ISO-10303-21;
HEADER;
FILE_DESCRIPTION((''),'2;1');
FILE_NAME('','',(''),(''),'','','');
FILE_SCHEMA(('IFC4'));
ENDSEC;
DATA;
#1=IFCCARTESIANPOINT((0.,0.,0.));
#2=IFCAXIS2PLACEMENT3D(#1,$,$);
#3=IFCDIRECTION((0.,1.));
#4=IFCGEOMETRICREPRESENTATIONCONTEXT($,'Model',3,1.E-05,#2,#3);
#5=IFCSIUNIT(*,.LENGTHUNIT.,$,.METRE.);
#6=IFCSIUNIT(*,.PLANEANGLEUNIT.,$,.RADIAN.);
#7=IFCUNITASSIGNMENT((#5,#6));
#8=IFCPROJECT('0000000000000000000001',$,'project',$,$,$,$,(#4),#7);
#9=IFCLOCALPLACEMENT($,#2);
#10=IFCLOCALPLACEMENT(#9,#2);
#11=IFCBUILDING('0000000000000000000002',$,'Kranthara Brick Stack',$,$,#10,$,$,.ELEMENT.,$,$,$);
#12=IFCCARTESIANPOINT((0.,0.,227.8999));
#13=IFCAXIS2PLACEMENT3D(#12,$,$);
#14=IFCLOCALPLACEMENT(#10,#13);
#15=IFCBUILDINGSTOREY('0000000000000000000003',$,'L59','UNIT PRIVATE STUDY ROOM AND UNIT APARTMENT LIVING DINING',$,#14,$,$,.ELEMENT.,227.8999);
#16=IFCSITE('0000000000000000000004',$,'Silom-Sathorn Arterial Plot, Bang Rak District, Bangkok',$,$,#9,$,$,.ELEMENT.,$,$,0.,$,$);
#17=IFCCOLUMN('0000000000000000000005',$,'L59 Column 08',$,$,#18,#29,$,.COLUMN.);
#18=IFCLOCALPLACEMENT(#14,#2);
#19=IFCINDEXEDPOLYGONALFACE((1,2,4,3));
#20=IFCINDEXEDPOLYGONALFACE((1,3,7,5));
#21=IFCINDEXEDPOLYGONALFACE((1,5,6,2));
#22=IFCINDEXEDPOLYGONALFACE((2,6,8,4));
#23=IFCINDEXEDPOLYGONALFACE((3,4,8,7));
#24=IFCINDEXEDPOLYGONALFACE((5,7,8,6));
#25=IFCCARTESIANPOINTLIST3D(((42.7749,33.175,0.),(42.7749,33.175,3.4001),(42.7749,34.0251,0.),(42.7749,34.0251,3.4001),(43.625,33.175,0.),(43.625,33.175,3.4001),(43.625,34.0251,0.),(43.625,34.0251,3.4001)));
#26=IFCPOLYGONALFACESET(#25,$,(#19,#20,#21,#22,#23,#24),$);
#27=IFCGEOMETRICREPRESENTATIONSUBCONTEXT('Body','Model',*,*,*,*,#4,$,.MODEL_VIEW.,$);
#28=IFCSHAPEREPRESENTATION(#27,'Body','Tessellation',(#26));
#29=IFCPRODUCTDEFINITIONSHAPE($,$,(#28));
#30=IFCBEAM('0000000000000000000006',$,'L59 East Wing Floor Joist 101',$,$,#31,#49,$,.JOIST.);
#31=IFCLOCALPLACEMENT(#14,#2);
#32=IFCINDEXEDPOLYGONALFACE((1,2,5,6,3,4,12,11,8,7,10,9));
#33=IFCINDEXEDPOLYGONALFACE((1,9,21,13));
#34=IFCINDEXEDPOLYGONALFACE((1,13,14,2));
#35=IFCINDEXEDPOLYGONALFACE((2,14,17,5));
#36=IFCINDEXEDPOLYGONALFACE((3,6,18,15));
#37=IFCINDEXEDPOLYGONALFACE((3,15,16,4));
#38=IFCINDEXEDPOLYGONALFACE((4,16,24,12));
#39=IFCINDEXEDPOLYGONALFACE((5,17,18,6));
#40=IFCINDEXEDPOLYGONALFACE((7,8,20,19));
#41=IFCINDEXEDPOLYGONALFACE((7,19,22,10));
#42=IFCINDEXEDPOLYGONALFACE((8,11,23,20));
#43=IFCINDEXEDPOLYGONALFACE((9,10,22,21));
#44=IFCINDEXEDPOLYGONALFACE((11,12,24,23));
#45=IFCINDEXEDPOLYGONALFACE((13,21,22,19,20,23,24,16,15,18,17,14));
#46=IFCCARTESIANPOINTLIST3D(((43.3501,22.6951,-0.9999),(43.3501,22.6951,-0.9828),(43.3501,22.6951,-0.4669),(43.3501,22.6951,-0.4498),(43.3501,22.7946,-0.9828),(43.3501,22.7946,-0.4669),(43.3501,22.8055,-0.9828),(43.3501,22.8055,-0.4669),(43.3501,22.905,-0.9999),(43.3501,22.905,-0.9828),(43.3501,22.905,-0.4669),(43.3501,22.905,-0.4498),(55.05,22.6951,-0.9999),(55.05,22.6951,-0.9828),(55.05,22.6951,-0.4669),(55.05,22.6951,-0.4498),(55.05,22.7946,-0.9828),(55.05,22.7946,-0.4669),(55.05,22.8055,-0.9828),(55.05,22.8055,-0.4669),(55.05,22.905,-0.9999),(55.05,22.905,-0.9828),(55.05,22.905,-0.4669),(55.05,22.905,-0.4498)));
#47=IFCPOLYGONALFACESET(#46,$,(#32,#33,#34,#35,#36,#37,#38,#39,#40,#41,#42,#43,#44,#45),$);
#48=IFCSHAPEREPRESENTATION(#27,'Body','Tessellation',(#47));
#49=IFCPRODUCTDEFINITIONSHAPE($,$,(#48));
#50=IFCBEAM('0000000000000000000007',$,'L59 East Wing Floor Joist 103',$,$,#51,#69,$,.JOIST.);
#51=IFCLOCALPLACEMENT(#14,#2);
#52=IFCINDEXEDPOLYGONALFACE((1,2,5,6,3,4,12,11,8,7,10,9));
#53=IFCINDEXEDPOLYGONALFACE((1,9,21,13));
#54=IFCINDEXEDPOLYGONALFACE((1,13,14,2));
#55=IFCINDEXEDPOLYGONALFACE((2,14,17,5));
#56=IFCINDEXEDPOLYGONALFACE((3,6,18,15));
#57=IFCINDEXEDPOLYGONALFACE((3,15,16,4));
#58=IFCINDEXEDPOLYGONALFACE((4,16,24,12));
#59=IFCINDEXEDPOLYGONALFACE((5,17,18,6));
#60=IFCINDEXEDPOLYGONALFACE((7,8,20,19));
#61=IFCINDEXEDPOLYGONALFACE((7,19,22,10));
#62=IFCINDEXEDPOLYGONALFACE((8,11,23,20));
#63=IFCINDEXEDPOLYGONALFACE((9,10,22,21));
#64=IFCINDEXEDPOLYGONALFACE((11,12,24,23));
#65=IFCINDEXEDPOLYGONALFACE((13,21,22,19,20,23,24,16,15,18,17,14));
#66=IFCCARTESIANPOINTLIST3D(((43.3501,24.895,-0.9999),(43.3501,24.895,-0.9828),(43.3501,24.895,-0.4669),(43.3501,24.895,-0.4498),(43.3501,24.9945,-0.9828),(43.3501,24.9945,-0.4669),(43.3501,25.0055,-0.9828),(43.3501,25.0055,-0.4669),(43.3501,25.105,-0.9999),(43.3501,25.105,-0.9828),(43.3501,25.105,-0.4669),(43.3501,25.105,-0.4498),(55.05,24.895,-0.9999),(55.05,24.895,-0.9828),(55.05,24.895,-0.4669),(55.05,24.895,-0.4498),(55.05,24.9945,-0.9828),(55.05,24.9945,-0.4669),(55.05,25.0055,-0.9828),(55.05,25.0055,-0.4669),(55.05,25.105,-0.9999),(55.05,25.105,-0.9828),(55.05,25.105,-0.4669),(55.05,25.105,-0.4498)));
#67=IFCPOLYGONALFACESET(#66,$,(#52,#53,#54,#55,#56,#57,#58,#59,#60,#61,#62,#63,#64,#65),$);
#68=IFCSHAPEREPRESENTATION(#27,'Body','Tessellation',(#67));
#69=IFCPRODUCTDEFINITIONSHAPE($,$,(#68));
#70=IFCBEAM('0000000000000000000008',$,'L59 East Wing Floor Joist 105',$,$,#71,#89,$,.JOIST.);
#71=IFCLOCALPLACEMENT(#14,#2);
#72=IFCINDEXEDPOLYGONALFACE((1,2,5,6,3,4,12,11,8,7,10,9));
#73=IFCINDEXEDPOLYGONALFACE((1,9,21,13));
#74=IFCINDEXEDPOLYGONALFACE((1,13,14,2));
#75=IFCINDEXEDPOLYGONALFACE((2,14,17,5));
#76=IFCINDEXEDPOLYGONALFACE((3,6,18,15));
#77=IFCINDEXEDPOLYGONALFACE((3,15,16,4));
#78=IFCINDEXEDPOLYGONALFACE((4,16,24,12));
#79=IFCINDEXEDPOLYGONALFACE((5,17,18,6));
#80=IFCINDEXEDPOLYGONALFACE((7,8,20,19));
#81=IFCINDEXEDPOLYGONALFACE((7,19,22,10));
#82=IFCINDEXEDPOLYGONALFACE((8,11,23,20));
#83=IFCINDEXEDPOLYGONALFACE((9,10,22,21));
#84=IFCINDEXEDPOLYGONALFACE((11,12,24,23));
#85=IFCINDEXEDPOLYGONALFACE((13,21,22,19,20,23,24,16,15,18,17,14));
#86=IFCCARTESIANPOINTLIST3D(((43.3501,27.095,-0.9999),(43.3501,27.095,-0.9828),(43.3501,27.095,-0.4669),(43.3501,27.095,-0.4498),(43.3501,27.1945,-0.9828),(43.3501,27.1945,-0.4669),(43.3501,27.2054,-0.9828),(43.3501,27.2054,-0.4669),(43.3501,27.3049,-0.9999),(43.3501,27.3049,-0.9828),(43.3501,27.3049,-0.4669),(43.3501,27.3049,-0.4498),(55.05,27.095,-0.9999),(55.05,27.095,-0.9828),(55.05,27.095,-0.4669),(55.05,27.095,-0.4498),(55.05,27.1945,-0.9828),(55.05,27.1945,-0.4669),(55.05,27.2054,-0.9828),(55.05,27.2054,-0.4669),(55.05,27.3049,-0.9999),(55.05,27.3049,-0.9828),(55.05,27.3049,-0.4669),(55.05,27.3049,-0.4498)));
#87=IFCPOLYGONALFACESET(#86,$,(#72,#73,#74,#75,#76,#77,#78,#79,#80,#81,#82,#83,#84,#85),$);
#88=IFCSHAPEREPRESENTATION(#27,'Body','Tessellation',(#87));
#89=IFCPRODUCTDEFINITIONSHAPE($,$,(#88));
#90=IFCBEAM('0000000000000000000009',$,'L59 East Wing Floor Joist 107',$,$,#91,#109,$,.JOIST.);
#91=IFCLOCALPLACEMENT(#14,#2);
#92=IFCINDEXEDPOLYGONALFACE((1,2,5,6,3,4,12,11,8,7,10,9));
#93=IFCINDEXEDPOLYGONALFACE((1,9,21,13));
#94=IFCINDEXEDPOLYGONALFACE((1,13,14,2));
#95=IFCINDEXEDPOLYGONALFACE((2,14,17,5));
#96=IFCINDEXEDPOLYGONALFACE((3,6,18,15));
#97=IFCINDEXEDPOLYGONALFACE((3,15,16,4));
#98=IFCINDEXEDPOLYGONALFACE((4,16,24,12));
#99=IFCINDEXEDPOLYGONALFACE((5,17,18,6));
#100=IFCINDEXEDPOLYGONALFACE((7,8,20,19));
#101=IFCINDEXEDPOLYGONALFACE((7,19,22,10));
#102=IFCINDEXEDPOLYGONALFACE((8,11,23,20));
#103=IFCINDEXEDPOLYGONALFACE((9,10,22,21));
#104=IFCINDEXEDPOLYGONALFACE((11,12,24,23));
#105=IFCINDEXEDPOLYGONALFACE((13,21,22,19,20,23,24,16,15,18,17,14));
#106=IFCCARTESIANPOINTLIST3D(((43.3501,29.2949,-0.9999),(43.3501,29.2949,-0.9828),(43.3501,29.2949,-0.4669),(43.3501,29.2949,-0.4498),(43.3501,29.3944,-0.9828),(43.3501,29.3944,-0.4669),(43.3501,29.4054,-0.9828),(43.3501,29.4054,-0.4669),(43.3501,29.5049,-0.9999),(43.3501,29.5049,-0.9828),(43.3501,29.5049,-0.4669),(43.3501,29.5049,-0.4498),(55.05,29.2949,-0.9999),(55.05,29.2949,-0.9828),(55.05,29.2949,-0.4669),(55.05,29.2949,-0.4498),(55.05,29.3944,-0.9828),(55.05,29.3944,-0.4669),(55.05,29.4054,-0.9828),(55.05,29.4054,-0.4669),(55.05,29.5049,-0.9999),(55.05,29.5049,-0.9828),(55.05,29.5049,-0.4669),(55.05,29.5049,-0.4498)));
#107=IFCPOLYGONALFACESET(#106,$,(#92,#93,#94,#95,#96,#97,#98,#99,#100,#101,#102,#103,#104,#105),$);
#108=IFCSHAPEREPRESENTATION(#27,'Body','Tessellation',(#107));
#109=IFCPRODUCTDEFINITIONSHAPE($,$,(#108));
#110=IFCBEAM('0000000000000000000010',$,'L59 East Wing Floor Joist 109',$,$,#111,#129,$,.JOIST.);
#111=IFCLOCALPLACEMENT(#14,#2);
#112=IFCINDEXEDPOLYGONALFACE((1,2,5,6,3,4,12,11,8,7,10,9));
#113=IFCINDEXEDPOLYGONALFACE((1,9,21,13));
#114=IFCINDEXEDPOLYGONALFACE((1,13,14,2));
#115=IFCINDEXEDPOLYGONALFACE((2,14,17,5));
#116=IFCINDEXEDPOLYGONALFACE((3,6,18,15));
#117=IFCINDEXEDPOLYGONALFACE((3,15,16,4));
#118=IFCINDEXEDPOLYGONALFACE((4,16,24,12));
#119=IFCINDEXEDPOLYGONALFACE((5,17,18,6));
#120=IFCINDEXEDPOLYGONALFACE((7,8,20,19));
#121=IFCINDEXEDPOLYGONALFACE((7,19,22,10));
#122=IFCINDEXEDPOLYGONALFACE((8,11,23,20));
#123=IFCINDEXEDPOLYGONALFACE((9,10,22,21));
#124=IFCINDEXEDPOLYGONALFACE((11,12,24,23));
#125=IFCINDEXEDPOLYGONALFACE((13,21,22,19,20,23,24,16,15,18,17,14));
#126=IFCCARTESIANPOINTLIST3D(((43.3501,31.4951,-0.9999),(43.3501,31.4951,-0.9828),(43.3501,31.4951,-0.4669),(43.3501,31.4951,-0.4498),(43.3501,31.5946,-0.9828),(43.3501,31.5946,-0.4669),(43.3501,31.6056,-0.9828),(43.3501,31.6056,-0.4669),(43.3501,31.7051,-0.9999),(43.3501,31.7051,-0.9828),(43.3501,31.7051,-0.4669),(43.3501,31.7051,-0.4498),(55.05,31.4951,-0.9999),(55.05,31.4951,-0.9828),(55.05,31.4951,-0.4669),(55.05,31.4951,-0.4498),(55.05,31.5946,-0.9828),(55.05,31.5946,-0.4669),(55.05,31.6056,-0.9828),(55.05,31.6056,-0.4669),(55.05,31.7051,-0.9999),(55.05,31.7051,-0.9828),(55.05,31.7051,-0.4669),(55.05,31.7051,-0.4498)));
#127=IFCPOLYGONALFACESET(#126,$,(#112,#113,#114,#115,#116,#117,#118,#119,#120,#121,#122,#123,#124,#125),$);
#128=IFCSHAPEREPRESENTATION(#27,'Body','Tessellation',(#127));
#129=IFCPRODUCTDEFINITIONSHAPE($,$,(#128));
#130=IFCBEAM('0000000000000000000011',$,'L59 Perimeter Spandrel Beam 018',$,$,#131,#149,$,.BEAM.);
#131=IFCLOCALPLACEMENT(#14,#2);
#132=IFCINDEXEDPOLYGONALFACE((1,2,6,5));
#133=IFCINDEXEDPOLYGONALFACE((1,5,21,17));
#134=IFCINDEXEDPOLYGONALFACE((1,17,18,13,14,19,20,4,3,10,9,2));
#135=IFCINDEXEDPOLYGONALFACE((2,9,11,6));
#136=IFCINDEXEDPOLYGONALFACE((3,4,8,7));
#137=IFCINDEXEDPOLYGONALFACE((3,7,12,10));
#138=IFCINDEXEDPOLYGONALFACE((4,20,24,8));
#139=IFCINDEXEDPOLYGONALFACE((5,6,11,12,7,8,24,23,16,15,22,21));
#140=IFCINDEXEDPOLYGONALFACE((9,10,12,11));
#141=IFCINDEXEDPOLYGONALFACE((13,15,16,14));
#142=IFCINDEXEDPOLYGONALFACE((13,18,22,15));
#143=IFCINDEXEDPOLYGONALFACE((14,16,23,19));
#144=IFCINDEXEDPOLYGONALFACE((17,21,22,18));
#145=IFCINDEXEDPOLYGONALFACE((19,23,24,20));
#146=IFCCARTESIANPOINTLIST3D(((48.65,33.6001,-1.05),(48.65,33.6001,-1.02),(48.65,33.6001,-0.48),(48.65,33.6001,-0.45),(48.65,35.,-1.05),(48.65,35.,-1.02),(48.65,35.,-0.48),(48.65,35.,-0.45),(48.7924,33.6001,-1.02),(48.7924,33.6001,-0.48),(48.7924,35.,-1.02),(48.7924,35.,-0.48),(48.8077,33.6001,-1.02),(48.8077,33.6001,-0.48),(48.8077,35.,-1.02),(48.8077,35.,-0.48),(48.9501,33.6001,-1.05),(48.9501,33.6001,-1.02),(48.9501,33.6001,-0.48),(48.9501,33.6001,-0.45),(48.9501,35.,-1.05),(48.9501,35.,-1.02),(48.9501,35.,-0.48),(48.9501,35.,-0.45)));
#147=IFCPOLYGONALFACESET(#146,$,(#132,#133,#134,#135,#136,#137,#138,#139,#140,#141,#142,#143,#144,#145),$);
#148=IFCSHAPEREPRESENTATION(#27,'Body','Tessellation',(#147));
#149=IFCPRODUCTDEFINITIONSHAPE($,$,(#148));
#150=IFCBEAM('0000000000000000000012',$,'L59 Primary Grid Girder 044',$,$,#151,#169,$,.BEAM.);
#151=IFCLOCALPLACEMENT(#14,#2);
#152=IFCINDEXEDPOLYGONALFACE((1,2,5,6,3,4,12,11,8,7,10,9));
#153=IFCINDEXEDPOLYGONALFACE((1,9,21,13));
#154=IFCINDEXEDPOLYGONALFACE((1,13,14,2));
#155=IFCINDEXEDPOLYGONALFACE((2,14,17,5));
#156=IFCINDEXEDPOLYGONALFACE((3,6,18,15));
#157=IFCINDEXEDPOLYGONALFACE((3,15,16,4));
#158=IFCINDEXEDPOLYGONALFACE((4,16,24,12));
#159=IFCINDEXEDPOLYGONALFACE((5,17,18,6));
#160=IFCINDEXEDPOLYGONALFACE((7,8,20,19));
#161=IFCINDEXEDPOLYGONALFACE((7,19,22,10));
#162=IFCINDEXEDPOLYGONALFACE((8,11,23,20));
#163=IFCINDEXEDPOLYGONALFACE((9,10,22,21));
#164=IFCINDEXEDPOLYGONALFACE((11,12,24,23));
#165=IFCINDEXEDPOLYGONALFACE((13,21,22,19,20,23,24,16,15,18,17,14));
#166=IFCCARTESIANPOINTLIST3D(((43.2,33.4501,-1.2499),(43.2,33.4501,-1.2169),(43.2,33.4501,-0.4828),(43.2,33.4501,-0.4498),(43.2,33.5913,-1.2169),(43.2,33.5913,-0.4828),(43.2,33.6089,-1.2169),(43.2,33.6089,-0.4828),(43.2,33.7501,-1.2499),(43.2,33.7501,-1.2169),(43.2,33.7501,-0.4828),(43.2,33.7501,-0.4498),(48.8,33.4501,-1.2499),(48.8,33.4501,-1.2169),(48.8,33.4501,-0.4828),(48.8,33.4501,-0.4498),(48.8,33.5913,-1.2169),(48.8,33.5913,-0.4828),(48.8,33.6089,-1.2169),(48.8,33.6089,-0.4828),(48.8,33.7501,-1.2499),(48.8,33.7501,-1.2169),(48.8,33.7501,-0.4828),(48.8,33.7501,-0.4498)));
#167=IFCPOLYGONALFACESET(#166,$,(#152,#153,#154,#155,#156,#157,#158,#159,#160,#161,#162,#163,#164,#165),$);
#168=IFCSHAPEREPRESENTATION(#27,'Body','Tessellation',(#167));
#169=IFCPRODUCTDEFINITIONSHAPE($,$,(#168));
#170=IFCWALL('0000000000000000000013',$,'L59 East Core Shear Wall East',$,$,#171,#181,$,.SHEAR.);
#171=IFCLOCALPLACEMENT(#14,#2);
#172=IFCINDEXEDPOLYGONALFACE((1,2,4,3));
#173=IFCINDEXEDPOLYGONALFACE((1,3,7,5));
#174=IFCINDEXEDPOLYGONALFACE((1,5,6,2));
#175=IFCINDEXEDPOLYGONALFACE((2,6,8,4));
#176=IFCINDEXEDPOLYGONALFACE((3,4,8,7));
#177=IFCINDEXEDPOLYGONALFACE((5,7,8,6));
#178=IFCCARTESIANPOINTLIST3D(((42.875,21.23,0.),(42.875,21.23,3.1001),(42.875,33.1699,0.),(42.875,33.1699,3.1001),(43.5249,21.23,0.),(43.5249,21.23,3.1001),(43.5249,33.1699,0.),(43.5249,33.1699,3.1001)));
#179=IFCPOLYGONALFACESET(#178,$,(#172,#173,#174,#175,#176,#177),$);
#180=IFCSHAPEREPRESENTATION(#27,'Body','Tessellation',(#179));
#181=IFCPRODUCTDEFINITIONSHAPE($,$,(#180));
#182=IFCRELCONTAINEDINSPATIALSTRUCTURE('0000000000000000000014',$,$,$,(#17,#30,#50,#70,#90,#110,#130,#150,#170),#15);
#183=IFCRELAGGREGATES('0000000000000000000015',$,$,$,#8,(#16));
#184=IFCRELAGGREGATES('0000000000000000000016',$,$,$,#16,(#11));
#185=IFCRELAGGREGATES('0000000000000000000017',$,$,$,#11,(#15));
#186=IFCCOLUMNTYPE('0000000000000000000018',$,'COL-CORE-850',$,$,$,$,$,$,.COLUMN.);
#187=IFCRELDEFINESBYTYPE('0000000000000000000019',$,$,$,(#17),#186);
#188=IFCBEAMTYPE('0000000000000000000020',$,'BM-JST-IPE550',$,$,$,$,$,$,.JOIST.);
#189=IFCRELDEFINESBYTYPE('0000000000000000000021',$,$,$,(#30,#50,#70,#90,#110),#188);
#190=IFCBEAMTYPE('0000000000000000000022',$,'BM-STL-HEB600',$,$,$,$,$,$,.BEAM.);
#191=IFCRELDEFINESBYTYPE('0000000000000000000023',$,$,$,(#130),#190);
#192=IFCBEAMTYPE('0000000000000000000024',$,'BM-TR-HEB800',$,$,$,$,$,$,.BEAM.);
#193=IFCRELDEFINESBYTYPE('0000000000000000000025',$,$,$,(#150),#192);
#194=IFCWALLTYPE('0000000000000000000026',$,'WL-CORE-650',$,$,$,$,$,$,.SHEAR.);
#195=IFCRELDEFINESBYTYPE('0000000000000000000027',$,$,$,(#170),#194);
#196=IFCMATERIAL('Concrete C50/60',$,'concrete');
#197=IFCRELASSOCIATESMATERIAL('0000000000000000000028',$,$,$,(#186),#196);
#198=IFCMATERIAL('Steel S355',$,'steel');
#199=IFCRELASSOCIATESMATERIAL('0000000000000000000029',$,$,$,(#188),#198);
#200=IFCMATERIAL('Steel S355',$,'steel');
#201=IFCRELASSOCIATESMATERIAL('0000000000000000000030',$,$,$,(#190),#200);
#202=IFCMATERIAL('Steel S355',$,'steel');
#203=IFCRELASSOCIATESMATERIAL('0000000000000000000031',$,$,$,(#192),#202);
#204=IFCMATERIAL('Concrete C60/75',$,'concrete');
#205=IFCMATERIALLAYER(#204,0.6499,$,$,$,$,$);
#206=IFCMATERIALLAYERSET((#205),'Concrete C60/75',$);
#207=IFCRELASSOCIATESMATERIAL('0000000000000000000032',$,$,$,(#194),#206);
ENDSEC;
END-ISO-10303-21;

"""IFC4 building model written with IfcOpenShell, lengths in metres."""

from ifc_helpers import new_model, si_unit, direction, frame, frame_2d, origin, origin_2d, place, context, subcontext, project, spatial, rectangle, i_section, extrude, material, layer, layer_set, material_profile, profile_set, type_object, element, save


model = new_model("IFC4")

# Units and contexts
model_context = context("Model", 3, precision=1e-05, world=origin(), true_north=direction((0.0, 1.0)))
body_context = subcontext(model_context, "Body", "Model", "MODEL_VIEW")
ifc_project = project(units=[si_unit("LENGTHUNIT", "METRE"), si_unit("PLANEANGLEUNIT", "RADIAN")], contexts=[model_context])

# Site, building, storey
site_placement = place(None, origin())
site = spatial("IfcSite", under=ifc_project, at=site_placement, Name="Silom-Sathorn Arterial Plot, Bang Rak District, Bangkok", CompositionType="ELEMENT", RefElevation=0.0)
building_placement = place(site_placement, origin())
building = spatial("IfcBuilding", under=site, at=building_placement, Name="Kranthara Brick Stack", CompositionType="ELEMENT")
storey_placement = place(building_placement, frame((0.0, 0.0, 227.8999)))
storey = spatial("IfcBuildingStorey", under=building, at=storey_placement, Name="L59", Description="UNIT PRIVATE STUDY ROOM AND UNIT APARTMENT LIVING DINING", CompositionType="ELEMENT", Elevation=227.8999)

# Column
ifc_material_1 = material(Name="Concrete C50/60", Category="concrete")
ifc_material_profile_1 = material_profile(ifc_material_1, rectangle(XDim=0.8501, YDim=0.8501, at=origin_2d()), Name="RC 850x850")
ifc_profile_set_1 = profile_set([ifc_material_profile_1], Name="Concrete C50/60")
column_type = type_object("IfcColumnType", Name="COL-CORE-850", PredefinedType="COLUMN", material=ifc_profile_set_1)
column_placement = place(storey_placement, frame((43.2, 33.6001, 0.0), z_axis=(0.0, 0.0, 1.0), x_axis=(1.0, 0.0, 0.0)))
element("IfcColumn", 1, at=column_placement, inside=storey, type_object=column_type, Name="L59 Column 08", PredefinedType="COLUMN", context=body_context, shape_type="SweptSolid", body=[
    extrude(rectangle(XDim=0.8501, YDim=0.8501, at=origin_2d()), origin(), (0.0, 0.0, 1.0), 3.4001),
])

# Beams
ifc_material_2 = material(Name="Steel S355", Category="steel")
ifc_material_profile_2 = material_profile(ifc_material_2, i_section(OverallWidth=0.21, OverallDepth=0.55, WebThickness=0.011, FlangeThickness=0.0171, at=origin_2d()), Name="IPE 550")
ifc_profile_set_2 = profile_set([ifc_material_profile_2], Name="Steel S355")
beam_type_1 = type_object("IfcBeamType", Name="BM-JST-IPE550", PredefinedType="JOIST", material=ifc_profile_set_2)
for number, where, z_axis, x_axis, name in (
    (2, (43.3501, 22.8, -0.7249), (1.0, 0.0, 0.0), (0.0, 1.0, 0.0), "L59 East Wing Floor Joist 101"),
    (3, (43.3501, 25.0, -0.7249), (1.0, 0.0, 0.0), (0.0, 1.0, 0.0), "L59 East Wing Floor Joist 103"),
    (4, (43.3501, 27.2, -0.7249), (1.0, 0.0, 0.0), (0.0, 1.0, 0.0), "L59 East Wing Floor Joist 105"),
    (5, (43.3501, 29.3999, -0.7249), (1.0, 0.0, 0.0), (0.0, 1.0, 0.0), "L59 East Wing Floor Joist 107"),
    (6, (43.3501, 31.6001, -0.7249), (1.0, 0.0, 0.0), (0.0, 1.0, 0.0), "L59 East Wing Floor Joist 109"),
):
    element("IfcBeam", number, at=place(storey_placement, frame(where, z_axis=z_axis, x_axis=x_axis)), inside=storey, type_object=beam_type_1, Name=name, PredefinedType="JOIST", context=body_context, shape_type="SweptSolid", body=[
        extrude(i_section(OverallWidth=0.21, OverallDepth=0.55, WebThickness=0.011, FlangeThickness=0.0171, at=origin_2d()), origin(), (0.0, 0.0, 1.0), 11.7),
    ])
ifc_material_3 = material(Name="Steel S355", Category="steel")
ifc_material_profile_3 = material_profile(ifc_material_3, i_section(OverallWidth=0.3, OverallDepth=0.6001, WebThickness=0.0154, FlangeThickness=0.03, at=origin_2d()), Name="HEB 600")
ifc_profile_set_3 = profile_set([ifc_material_profile_3], Name="Steel S355")
beam_type_2 = type_object("IfcBeamType", Name="BM-STL-HEB600", PredefinedType="BEAM", material=ifc_profile_set_3)
beam_1_placement = place(storey_placement, frame((48.8, 33.6001, -0.75), z_axis=(0.0, 1.0, 0.0), x_axis=(-1.0, 0.0, 0.0)))
element("IfcBeam", 7, at=beam_1_placement, inside=storey, type_object=beam_type_2, Name="L59 Perimeter Spandrel Beam 018", PredefinedType="BEAM", context=body_context, shape_type="SweptSolid", body=[
    extrude(i_section(OverallWidth=0.3, OverallDepth=0.6001, WebThickness=0.0154, FlangeThickness=0.03, at=origin_2d()), origin(), (0.0, 0.0, 1.0), 1.3999),
])
ifc_material_4 = material(Name="Steel S355", Category="steel")
ifc_material_profile_4 = material_profile(ifc_material_4, i_section(OverallWidth=0.3, OverallDepth=0.8, WebThickness=0.0176, FlangeThickness=0.033, at=origin_2d()), Name="HEB 800")
ifc_profile_set_4 = profile_set([ifc_material_profile_4], Name="Steel S355")
beam_type_3 = type_object("IfcBeamType", Name="BM-TR-HEB800", PredefinedType="BEAM", material=ifc_profile_set_4)
beam_2_placement = place(storey_placement, frame((43.2, 33.6001, -0.8499), z_axis=(1.0, 0.0, 0.0), x_axis=(0.0, 1.0, 0.0)))
element("IfcBeam", 8, at=beam_2_placement, inside=storey, type_object=beam_type_3, Name="L59 Primary Grid Girder 044", PredefinedType="BEAM", context=body_context, shape_type="SweptSolid", body=[
    extrude(i_section(OverallWidth=0.3, OverallDepth=0.8, WebThickness=0.0176, FlangeThickness=0.033, at=origin_2d()), origin(), (0.0, 0.0, 1.0), 5.6001),
])

# Wall
ifc_material_5 = material(Name="Concrete C60/75", Category="concrete")
ifc_layer = layer(ifc_material_5, 0.6499)
ifc_layer_set = layer_set([ifc_layer], Name="Concrete C60/75")
wall_type = type_object("IfcWallType", Name="WL-CORE-650", PredefinedType="SHEAR", material=ifc_layer_set)
wall_placement = place(storey_placement, frame((43.2, 21.23, 0.0), z_axis=(0.0, 0.0, 1.0), x_axis=(0.0, 1.0, 0.0)))
element("IfcWall", 9, at=wall_placement, inside=storey, type_object=wall_type, Name="L59 East Core Shear Wall East", PredefinedType="SHEAR", context=body_context, shape_type="SweptSolid", body=[
    extrude(rectangle(XDim=11.9399, YDim=0.6499, at=frame_2d((5.97, 0.0))), origin(), (0.0, 0.0, 1.0), 3.1001),
])

save(model, "model.ifc")
